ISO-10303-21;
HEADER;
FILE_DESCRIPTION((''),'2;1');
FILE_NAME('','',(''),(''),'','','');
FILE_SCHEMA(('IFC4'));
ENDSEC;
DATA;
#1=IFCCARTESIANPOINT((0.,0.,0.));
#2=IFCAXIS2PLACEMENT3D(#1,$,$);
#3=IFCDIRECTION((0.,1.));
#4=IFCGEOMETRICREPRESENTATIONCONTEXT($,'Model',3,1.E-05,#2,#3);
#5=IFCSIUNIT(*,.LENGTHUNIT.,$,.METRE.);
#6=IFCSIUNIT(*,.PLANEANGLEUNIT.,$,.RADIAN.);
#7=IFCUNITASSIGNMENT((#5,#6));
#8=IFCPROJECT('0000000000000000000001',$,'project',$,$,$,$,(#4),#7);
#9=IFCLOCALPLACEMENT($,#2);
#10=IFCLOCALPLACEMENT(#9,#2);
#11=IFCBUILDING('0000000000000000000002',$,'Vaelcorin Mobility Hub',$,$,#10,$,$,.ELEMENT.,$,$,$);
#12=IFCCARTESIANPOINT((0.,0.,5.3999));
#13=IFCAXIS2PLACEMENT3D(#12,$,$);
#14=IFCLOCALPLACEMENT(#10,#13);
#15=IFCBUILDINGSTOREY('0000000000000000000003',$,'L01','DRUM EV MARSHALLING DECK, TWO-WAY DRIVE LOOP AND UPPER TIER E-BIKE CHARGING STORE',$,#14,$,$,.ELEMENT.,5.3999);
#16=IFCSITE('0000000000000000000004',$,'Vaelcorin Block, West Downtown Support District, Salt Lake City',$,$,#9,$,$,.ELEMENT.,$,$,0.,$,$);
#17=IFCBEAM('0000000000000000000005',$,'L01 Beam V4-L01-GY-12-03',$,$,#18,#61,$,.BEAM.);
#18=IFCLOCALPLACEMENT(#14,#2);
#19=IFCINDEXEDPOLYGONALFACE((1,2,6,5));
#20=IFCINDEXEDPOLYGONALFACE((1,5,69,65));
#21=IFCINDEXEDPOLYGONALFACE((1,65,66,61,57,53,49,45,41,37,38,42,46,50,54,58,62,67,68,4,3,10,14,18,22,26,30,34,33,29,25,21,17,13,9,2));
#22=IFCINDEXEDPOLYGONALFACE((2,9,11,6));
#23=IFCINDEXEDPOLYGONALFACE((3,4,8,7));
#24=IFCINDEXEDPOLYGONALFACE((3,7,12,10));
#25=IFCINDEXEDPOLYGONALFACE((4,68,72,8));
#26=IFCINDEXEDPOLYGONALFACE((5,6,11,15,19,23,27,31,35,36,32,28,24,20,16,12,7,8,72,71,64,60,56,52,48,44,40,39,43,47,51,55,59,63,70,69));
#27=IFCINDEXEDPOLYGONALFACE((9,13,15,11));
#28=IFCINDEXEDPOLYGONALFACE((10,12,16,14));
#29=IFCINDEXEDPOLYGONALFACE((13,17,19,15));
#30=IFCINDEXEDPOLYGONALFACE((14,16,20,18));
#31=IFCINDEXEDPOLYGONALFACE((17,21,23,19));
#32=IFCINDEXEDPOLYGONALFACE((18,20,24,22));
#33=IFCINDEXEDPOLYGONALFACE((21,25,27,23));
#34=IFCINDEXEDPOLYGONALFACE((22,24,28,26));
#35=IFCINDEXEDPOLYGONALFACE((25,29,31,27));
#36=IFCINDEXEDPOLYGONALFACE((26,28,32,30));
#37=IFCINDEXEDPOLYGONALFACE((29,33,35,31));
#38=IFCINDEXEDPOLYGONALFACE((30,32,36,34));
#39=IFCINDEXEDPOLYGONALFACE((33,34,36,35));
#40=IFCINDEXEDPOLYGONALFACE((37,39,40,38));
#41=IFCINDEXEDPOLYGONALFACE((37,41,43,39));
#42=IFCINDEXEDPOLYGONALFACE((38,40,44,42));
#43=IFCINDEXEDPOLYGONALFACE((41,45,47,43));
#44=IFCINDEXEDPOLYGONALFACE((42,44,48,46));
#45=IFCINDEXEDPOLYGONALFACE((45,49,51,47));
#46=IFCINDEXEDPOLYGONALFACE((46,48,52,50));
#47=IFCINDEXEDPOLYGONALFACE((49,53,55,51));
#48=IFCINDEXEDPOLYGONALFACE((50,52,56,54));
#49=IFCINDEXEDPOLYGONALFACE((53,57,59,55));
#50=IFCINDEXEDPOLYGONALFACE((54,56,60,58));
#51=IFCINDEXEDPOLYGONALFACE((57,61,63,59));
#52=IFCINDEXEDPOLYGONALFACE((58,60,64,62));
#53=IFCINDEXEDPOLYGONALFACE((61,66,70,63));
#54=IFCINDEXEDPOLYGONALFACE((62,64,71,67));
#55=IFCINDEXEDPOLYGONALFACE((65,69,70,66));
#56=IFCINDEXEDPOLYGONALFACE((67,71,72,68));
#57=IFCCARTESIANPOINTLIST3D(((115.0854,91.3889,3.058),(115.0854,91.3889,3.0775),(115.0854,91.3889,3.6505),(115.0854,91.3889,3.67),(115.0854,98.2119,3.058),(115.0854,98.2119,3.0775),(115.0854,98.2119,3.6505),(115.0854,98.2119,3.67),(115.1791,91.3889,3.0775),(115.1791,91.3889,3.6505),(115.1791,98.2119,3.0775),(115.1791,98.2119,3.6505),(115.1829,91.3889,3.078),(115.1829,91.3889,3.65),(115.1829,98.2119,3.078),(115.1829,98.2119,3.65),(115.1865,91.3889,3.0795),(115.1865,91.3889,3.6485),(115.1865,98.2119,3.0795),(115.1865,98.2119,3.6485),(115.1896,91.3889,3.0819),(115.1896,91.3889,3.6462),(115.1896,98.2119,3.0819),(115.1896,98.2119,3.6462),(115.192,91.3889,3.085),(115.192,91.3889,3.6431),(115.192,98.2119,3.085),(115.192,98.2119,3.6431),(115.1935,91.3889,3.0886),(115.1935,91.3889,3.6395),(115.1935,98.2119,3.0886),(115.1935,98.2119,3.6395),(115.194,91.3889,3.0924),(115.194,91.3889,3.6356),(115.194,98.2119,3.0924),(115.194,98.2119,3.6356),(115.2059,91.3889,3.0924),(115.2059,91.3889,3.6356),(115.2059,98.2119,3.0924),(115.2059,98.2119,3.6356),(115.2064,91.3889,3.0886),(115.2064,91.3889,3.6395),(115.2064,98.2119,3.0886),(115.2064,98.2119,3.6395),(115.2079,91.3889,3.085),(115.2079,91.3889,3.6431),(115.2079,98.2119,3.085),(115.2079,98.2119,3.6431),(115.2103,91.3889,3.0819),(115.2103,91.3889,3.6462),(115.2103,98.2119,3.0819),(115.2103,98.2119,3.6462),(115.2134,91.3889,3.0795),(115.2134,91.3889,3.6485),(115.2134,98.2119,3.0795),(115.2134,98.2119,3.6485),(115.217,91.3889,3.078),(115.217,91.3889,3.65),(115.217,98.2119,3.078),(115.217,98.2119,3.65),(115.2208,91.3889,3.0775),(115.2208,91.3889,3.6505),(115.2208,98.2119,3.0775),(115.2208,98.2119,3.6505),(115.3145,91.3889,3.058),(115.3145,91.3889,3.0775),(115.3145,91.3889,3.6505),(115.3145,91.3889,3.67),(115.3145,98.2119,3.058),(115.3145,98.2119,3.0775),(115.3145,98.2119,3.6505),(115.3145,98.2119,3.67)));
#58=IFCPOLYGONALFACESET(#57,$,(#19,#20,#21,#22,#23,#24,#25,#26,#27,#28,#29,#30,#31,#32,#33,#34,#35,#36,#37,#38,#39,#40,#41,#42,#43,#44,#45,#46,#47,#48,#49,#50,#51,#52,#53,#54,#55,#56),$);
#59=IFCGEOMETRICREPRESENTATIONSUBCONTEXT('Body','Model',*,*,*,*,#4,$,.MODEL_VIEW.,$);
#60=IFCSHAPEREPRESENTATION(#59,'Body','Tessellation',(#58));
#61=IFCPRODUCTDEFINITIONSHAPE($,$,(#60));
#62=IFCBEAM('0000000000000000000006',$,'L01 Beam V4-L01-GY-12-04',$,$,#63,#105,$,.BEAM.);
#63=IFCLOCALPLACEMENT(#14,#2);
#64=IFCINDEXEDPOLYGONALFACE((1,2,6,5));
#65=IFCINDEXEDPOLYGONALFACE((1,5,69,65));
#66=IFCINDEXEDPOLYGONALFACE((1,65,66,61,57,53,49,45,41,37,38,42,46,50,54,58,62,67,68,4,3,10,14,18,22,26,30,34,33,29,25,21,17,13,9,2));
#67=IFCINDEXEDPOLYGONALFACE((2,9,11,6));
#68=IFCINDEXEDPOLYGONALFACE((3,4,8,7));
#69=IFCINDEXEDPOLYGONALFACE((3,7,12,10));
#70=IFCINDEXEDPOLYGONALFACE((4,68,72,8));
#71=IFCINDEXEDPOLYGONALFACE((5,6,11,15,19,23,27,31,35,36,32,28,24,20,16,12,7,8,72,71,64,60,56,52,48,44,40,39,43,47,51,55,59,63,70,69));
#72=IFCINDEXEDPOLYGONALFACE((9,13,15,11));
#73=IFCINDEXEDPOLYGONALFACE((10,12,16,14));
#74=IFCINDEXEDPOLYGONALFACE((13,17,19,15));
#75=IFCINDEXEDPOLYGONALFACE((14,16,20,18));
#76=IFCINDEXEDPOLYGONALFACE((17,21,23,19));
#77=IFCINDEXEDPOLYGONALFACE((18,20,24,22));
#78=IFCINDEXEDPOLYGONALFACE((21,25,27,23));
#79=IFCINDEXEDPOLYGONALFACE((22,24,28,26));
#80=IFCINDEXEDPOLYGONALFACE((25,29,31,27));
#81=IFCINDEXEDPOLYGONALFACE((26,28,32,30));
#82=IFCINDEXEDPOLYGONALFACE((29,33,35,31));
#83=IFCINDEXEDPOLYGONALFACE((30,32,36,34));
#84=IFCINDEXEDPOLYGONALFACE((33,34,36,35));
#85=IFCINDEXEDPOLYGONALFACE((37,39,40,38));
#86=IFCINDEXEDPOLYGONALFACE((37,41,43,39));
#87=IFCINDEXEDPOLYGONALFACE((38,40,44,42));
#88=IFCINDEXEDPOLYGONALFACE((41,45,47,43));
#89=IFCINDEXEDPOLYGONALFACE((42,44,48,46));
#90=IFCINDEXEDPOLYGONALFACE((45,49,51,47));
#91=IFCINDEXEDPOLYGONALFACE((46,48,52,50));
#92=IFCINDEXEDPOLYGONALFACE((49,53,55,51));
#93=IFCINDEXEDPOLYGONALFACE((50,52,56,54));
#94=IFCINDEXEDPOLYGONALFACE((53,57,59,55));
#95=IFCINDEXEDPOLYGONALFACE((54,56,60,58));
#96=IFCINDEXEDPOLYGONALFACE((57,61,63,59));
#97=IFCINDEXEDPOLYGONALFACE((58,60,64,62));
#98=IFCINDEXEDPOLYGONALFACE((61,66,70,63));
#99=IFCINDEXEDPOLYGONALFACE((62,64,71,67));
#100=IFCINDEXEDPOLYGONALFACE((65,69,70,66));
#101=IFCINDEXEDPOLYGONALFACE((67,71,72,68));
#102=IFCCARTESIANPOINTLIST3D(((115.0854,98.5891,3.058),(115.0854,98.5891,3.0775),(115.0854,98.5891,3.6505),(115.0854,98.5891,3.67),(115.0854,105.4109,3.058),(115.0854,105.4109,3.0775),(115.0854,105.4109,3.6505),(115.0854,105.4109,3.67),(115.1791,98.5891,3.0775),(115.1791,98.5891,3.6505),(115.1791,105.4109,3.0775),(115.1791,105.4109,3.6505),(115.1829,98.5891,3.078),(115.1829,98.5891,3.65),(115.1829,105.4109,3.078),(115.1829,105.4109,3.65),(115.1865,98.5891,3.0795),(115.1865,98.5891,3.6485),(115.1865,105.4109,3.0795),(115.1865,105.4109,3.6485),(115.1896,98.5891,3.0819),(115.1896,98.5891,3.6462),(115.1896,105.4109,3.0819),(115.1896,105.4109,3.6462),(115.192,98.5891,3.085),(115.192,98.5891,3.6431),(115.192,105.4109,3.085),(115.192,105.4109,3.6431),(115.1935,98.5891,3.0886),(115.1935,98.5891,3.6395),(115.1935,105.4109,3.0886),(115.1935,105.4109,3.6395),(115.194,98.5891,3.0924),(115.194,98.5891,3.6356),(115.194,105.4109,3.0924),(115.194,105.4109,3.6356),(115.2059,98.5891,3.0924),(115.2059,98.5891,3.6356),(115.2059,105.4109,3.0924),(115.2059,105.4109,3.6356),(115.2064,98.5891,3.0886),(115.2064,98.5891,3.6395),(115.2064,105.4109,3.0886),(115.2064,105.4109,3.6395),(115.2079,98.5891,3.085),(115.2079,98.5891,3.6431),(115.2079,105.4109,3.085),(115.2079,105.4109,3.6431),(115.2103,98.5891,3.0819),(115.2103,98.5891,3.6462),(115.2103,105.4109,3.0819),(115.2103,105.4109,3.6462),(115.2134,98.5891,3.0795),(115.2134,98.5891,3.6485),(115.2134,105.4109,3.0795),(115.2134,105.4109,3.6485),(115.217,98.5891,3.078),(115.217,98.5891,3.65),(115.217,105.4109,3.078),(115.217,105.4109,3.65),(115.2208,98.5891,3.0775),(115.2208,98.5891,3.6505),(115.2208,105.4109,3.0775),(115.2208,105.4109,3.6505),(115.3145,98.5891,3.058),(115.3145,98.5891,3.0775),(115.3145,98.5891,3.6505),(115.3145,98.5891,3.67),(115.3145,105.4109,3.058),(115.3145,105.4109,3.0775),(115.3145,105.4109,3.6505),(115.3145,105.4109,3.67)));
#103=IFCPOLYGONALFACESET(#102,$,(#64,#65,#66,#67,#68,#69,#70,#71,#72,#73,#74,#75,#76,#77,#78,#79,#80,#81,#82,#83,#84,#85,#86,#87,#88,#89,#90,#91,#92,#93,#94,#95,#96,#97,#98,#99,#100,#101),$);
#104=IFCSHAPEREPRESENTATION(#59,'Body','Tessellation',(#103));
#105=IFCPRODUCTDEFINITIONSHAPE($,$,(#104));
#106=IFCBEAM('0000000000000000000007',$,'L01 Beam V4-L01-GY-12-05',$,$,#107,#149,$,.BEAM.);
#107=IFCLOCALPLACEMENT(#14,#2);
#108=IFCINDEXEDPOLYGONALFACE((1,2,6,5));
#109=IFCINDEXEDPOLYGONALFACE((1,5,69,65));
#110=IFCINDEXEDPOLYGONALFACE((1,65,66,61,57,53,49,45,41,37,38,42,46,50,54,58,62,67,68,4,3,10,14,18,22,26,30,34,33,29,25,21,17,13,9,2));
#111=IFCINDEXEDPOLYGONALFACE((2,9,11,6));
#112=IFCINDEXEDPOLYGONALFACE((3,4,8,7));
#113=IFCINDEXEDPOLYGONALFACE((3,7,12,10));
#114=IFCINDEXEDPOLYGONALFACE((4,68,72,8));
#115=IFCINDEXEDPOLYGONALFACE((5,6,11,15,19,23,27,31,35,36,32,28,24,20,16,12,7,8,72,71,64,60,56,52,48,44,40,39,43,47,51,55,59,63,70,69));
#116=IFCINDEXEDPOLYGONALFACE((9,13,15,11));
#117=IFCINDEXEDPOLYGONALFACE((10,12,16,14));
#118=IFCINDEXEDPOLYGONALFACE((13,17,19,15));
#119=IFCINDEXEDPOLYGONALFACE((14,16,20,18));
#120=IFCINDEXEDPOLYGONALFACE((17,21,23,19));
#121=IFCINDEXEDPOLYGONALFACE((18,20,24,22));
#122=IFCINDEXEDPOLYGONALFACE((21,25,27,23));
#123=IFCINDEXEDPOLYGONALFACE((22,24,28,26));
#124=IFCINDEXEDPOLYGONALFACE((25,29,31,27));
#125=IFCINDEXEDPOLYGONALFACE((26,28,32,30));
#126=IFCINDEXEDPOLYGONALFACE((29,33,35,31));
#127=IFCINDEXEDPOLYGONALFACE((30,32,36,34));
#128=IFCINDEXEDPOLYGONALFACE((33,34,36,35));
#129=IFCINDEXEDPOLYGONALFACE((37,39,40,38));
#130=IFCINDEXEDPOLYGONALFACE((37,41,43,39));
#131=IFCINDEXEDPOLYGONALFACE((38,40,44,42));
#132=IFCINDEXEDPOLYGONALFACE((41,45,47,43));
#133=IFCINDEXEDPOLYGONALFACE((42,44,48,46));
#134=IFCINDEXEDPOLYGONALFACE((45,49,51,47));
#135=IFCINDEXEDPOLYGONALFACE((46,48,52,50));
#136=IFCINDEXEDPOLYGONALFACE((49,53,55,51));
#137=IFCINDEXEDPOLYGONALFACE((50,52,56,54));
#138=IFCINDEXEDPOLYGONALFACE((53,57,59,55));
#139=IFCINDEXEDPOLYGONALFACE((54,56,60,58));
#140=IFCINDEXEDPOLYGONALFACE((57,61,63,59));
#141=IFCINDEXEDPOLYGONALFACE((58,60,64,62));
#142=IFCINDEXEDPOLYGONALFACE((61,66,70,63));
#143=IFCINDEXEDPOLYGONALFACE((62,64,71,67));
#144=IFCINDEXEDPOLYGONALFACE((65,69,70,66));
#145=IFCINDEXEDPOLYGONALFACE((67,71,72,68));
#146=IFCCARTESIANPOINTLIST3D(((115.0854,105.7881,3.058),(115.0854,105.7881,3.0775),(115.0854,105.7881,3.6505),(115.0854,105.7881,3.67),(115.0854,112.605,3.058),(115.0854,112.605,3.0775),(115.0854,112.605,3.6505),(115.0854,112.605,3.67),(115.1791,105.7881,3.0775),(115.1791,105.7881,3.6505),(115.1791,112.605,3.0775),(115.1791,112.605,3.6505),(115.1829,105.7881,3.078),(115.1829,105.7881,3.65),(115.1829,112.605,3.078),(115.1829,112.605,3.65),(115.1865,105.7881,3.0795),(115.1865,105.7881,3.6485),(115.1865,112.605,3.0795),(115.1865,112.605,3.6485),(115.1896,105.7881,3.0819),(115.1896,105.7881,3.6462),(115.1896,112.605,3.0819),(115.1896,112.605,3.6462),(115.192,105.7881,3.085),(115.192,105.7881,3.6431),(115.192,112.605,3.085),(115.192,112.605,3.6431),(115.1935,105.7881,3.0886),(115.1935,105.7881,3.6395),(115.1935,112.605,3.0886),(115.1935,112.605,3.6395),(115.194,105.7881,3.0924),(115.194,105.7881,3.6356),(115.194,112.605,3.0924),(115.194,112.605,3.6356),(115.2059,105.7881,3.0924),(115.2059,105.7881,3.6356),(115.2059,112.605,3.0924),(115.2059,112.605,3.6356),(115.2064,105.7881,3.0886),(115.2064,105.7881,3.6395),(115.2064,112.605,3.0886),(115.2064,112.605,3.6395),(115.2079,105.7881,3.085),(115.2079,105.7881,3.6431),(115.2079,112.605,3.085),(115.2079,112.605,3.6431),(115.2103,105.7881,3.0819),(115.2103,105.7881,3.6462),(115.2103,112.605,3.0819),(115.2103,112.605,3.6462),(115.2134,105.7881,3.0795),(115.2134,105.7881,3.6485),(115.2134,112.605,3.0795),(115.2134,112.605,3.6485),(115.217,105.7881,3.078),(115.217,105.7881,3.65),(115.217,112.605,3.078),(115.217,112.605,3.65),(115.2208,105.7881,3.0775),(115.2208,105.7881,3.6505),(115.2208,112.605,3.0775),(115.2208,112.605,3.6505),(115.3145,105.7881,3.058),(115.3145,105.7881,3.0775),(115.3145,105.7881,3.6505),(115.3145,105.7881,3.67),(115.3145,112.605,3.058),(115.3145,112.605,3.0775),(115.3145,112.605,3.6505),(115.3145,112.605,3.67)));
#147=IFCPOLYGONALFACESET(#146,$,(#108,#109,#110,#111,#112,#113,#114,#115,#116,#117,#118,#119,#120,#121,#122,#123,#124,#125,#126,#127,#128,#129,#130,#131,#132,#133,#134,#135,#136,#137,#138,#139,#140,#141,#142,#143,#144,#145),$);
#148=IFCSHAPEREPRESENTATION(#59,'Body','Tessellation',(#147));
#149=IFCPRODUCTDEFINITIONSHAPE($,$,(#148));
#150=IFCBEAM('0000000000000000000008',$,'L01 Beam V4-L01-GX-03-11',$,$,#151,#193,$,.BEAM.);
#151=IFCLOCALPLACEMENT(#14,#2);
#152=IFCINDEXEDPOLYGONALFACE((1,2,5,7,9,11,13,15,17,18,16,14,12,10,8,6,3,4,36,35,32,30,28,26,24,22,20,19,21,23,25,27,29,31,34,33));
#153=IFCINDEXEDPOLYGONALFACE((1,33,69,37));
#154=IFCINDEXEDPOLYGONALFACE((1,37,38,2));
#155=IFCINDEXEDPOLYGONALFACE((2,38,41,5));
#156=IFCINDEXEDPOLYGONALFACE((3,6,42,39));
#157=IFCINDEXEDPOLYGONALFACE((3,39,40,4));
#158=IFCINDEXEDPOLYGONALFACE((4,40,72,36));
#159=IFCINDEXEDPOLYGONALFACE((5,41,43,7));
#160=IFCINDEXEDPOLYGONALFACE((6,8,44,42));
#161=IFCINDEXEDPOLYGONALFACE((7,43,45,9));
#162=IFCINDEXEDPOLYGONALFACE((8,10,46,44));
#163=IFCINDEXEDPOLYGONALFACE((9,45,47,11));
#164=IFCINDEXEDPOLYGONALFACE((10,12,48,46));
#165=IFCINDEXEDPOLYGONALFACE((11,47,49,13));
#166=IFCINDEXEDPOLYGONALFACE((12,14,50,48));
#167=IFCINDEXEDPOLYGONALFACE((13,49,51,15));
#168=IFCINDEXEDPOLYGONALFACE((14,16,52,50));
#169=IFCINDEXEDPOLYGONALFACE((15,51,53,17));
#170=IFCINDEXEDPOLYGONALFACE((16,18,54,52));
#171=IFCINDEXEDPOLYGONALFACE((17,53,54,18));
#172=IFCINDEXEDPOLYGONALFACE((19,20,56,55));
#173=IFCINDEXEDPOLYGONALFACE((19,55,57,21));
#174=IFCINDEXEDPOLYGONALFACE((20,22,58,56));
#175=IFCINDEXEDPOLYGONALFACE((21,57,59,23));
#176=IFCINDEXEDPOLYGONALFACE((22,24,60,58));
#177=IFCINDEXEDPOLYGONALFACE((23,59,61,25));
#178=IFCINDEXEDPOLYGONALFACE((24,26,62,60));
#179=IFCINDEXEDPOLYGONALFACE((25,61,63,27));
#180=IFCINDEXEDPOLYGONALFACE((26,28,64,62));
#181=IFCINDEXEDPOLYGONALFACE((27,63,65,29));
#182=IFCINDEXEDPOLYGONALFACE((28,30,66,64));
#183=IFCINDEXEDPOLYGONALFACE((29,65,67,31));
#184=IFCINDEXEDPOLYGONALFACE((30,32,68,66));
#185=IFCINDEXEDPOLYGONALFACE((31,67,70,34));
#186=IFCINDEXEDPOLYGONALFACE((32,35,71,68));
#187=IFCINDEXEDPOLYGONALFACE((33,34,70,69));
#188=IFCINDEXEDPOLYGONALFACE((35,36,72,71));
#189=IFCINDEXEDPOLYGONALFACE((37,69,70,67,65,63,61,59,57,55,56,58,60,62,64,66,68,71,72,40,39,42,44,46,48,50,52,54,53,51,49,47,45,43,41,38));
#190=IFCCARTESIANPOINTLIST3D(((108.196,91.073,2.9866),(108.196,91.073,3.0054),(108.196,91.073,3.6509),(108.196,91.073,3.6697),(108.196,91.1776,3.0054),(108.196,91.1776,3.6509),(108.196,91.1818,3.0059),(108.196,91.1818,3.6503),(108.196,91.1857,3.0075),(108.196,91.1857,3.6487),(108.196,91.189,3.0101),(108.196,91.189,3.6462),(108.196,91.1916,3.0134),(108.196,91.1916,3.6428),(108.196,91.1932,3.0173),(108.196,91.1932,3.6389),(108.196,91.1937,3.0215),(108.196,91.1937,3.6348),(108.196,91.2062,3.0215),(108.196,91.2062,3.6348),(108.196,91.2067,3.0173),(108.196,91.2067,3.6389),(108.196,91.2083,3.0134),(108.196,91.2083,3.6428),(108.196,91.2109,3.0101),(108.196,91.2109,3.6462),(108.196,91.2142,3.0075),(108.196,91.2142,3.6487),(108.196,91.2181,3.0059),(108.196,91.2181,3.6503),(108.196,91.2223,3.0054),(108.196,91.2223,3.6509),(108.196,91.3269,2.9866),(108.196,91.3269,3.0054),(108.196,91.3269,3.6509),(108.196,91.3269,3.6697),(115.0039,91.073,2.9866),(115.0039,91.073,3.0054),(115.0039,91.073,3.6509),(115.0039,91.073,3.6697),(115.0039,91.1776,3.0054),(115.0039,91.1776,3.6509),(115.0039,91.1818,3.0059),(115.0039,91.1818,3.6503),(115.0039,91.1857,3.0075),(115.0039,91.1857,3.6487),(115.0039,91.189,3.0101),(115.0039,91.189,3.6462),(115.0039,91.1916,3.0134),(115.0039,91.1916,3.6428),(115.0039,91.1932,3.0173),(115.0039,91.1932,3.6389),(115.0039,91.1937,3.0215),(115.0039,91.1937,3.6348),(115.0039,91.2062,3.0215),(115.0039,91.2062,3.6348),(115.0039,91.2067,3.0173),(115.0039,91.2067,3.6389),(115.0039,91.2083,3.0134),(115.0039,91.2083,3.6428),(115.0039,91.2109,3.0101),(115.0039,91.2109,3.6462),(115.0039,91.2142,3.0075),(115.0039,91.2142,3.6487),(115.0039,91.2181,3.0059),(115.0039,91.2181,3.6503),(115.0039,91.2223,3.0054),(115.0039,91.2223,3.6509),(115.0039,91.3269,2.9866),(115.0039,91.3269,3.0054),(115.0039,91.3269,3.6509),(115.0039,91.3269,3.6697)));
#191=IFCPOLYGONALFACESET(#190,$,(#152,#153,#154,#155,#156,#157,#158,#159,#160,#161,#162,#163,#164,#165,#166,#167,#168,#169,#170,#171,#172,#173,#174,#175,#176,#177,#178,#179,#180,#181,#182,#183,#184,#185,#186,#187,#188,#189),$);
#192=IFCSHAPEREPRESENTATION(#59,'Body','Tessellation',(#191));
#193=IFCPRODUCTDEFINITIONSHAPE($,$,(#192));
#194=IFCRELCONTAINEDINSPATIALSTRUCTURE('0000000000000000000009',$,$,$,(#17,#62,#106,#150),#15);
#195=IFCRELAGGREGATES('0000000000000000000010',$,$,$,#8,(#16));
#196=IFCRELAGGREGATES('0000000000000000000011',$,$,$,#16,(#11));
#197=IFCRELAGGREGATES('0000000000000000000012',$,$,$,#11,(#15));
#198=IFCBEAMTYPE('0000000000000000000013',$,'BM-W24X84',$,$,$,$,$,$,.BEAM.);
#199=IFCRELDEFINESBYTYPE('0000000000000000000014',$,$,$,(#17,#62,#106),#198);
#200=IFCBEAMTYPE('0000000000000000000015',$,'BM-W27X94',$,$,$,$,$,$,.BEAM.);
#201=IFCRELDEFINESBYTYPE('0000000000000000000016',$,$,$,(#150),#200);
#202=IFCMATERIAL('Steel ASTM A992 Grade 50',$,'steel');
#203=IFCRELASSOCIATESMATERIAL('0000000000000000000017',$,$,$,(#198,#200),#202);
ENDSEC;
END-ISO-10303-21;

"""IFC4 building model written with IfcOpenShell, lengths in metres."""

from ifc_helpers import new_model, si_unit, direction, frame, origin, origin_2d, place, context, subcontext, project, spatial, i_section, extrude, material, material_profile, profile_set, type_object, element, save


model = new_model("IFC4")

# Units and contexts
model_context = context("Model", 3, precision=1e-05, world=origin(), true_north=direction((0.0, 1.0)))
body_context = subcontext(model_context, "Body", "Model", "MODEL_VIEW")
ifc_project = project(units=[si_unit("LENGTHUNIT", "METRE"), si_unit("PLANEANGLEUNIT", "RADIAN")], contexts=[model_context])

# Site, building, storey
site_placement = place(None, origin())
site = spatial("IfcSite", under=ifc_project, at=site_placement, Name="Vaelcorin Block, West Downtown Support District, Salt Lake City", CompositionType="ELEMENT", RefElevation=0.0)
building_placement = place(site_placement, origin())
building = spatial("IfcBuilding", under=site, at=building_placement, Name="Vaelcorin Mobility Hub", CompositionType="ELEMENT")
storey_placement = place(building_placement, frame((0.0, 0.0, 5.3999)))
storey = spatial("IfcBuildingStorey", under=building, at=storey_placement, Name="L01", Description="DRUM EV MARSHALLING DECK, TWO-WAY DRIVE LOOP AND UPPER TIER E-BIKE CHARGING STORE", CompositionType="ELEMENT", Elevation=5.3999)

# Shared definitions
ifc_material_1 = material(Name="Steel ASTM A992 Grade 50", Category="steel")

# Beams
ifc_material_profile_1 = material_profile(ifc_material_1, i_section(OverallWidth=0.229, OverallDepth=0.6121, WebThickness=0.012, FlangeThickness=0.0195, FilletRadius=0.0149, at=origin_2d()), Name="W24X84")
ifc_profile_set_1 = profile_set([ifc_material_profile_1], Name="Steel ASTM A992 Grade 50")
beam_type_1 = type_object("IfcBeamType", Name="BM-W24X84", PredefinedType="BEAM", material=ifc_profile_set_1)
beam_1_placement = place(storey_placement, frame((115.2, 91.3889, 3.364), z_axis=(0.0, 1.0, 0.0), x_axis=(-1.0, 0.0, 0.0)))
element("IfcBeam", 1, at=beam_1_placement, inside=storey, type_object=beam_type_1, Name="L01 Beam V4-L01-GY-12-03", PredefinedType="BEAM", context=body_context, shape_type="SweptSolid", body=[
    extrude(i_section(OverallWidth=0.229, OverallDepth=0.6121, WebThickness=0.012, FlangeThickness=0.0195, FilletRadius=0.0149, at=origin_2d()), origin(), (0.0, 0.0, 1.0), 6.823),
])
beam_2_placement = place(storey_placement, frame((115.2, 98.5891, 3.364), z_axis=(0.0, 1.0, 0.0), x_axis=(-1.0, 0.0, 0.0)))
element("IfcBeam", 2, at=beam_2_placement, inside=storey, type_object=beam_type_1, Name="L01 Beam V4-L01-GY-12-04", PredefinedType="BEAM", context=body_context, shape_type="SweptSolid", body=[
    extrude(i_section(OverallWidth=0.229, OverallDepth=0.6121, WebThickness=0.012, FlangeThickness=0.0195, FilletRadius=0.0149, at=origin_2d()), origin(), (0.0, 0.0, 1.0), 6.8218),
])
beam_3_placement = place(storey_placement, frame((115.2, 105.7881, 3.364), z_axis=(0.0, 1.0, 0.0), x_axis=(-1.0, 0.0, 0.0)))
element("IfcBeam", 3, at=beam_3_placement, inside=storey, type_object=beam_type_1, Name="L01 Beam V4-L01-GY-12-05", PredefinedType="BEAM", context=body_context, shape_type="SweptSolid", body=[
    extrude(i_section(OverallWidth=0.229, OverallDepth=0.6121, WebThickness=0.012, FlangeThickness=0.0195, FilletRadius=0.0149, at=origin_2d()), origin(), (0.0, 0.0, 1.0), 6.8169),
])
ifc_material_profile_2 = material_profile(ifc_material_1, i_section(OverallWidth=0.2539, OverallDepth=0.6831, WebThickness=0.0125, FlangeThickness=0.0188, FilletRadius=0.0161, at=origin_2d()), Name="W27X94")
ifc_profile_set_2 = profile_set([ifc_material_profile_2], Name="Steel ASTM A992 Grade 50")
beam_type_2 = type_object("IfcBeamType", Name="BM-W27X94", PredefinedType="BEAM", material=ifc_profile_set_2)
beam_4_placement = place(storey_placement, frame((108.196, 91.2, 3.3281), z_axis=(1.0, 0.0, 0.0), x_axis=(0.0, 1.0, 0.0)))
element("IfcBeam", 4, at=beam_4_placement, inside=storey, type_object=beam_type_2, Name="L01 Beam V4-L01-GX-03-11", PredefinedType="BEAM", context=body_context, shape_type="SweptSolid", body=[
    extrude(i_section(OverallWidth=0.2539, OverallDepth=0.6831, WebThickness=0.0125, FlangeThickness=0.0188, FilletRadius=0.0161, at=origin_2d()), origin(), (0.0, 0.0, 1.0), 6.8079),
])

save(model, "model.ifc")
